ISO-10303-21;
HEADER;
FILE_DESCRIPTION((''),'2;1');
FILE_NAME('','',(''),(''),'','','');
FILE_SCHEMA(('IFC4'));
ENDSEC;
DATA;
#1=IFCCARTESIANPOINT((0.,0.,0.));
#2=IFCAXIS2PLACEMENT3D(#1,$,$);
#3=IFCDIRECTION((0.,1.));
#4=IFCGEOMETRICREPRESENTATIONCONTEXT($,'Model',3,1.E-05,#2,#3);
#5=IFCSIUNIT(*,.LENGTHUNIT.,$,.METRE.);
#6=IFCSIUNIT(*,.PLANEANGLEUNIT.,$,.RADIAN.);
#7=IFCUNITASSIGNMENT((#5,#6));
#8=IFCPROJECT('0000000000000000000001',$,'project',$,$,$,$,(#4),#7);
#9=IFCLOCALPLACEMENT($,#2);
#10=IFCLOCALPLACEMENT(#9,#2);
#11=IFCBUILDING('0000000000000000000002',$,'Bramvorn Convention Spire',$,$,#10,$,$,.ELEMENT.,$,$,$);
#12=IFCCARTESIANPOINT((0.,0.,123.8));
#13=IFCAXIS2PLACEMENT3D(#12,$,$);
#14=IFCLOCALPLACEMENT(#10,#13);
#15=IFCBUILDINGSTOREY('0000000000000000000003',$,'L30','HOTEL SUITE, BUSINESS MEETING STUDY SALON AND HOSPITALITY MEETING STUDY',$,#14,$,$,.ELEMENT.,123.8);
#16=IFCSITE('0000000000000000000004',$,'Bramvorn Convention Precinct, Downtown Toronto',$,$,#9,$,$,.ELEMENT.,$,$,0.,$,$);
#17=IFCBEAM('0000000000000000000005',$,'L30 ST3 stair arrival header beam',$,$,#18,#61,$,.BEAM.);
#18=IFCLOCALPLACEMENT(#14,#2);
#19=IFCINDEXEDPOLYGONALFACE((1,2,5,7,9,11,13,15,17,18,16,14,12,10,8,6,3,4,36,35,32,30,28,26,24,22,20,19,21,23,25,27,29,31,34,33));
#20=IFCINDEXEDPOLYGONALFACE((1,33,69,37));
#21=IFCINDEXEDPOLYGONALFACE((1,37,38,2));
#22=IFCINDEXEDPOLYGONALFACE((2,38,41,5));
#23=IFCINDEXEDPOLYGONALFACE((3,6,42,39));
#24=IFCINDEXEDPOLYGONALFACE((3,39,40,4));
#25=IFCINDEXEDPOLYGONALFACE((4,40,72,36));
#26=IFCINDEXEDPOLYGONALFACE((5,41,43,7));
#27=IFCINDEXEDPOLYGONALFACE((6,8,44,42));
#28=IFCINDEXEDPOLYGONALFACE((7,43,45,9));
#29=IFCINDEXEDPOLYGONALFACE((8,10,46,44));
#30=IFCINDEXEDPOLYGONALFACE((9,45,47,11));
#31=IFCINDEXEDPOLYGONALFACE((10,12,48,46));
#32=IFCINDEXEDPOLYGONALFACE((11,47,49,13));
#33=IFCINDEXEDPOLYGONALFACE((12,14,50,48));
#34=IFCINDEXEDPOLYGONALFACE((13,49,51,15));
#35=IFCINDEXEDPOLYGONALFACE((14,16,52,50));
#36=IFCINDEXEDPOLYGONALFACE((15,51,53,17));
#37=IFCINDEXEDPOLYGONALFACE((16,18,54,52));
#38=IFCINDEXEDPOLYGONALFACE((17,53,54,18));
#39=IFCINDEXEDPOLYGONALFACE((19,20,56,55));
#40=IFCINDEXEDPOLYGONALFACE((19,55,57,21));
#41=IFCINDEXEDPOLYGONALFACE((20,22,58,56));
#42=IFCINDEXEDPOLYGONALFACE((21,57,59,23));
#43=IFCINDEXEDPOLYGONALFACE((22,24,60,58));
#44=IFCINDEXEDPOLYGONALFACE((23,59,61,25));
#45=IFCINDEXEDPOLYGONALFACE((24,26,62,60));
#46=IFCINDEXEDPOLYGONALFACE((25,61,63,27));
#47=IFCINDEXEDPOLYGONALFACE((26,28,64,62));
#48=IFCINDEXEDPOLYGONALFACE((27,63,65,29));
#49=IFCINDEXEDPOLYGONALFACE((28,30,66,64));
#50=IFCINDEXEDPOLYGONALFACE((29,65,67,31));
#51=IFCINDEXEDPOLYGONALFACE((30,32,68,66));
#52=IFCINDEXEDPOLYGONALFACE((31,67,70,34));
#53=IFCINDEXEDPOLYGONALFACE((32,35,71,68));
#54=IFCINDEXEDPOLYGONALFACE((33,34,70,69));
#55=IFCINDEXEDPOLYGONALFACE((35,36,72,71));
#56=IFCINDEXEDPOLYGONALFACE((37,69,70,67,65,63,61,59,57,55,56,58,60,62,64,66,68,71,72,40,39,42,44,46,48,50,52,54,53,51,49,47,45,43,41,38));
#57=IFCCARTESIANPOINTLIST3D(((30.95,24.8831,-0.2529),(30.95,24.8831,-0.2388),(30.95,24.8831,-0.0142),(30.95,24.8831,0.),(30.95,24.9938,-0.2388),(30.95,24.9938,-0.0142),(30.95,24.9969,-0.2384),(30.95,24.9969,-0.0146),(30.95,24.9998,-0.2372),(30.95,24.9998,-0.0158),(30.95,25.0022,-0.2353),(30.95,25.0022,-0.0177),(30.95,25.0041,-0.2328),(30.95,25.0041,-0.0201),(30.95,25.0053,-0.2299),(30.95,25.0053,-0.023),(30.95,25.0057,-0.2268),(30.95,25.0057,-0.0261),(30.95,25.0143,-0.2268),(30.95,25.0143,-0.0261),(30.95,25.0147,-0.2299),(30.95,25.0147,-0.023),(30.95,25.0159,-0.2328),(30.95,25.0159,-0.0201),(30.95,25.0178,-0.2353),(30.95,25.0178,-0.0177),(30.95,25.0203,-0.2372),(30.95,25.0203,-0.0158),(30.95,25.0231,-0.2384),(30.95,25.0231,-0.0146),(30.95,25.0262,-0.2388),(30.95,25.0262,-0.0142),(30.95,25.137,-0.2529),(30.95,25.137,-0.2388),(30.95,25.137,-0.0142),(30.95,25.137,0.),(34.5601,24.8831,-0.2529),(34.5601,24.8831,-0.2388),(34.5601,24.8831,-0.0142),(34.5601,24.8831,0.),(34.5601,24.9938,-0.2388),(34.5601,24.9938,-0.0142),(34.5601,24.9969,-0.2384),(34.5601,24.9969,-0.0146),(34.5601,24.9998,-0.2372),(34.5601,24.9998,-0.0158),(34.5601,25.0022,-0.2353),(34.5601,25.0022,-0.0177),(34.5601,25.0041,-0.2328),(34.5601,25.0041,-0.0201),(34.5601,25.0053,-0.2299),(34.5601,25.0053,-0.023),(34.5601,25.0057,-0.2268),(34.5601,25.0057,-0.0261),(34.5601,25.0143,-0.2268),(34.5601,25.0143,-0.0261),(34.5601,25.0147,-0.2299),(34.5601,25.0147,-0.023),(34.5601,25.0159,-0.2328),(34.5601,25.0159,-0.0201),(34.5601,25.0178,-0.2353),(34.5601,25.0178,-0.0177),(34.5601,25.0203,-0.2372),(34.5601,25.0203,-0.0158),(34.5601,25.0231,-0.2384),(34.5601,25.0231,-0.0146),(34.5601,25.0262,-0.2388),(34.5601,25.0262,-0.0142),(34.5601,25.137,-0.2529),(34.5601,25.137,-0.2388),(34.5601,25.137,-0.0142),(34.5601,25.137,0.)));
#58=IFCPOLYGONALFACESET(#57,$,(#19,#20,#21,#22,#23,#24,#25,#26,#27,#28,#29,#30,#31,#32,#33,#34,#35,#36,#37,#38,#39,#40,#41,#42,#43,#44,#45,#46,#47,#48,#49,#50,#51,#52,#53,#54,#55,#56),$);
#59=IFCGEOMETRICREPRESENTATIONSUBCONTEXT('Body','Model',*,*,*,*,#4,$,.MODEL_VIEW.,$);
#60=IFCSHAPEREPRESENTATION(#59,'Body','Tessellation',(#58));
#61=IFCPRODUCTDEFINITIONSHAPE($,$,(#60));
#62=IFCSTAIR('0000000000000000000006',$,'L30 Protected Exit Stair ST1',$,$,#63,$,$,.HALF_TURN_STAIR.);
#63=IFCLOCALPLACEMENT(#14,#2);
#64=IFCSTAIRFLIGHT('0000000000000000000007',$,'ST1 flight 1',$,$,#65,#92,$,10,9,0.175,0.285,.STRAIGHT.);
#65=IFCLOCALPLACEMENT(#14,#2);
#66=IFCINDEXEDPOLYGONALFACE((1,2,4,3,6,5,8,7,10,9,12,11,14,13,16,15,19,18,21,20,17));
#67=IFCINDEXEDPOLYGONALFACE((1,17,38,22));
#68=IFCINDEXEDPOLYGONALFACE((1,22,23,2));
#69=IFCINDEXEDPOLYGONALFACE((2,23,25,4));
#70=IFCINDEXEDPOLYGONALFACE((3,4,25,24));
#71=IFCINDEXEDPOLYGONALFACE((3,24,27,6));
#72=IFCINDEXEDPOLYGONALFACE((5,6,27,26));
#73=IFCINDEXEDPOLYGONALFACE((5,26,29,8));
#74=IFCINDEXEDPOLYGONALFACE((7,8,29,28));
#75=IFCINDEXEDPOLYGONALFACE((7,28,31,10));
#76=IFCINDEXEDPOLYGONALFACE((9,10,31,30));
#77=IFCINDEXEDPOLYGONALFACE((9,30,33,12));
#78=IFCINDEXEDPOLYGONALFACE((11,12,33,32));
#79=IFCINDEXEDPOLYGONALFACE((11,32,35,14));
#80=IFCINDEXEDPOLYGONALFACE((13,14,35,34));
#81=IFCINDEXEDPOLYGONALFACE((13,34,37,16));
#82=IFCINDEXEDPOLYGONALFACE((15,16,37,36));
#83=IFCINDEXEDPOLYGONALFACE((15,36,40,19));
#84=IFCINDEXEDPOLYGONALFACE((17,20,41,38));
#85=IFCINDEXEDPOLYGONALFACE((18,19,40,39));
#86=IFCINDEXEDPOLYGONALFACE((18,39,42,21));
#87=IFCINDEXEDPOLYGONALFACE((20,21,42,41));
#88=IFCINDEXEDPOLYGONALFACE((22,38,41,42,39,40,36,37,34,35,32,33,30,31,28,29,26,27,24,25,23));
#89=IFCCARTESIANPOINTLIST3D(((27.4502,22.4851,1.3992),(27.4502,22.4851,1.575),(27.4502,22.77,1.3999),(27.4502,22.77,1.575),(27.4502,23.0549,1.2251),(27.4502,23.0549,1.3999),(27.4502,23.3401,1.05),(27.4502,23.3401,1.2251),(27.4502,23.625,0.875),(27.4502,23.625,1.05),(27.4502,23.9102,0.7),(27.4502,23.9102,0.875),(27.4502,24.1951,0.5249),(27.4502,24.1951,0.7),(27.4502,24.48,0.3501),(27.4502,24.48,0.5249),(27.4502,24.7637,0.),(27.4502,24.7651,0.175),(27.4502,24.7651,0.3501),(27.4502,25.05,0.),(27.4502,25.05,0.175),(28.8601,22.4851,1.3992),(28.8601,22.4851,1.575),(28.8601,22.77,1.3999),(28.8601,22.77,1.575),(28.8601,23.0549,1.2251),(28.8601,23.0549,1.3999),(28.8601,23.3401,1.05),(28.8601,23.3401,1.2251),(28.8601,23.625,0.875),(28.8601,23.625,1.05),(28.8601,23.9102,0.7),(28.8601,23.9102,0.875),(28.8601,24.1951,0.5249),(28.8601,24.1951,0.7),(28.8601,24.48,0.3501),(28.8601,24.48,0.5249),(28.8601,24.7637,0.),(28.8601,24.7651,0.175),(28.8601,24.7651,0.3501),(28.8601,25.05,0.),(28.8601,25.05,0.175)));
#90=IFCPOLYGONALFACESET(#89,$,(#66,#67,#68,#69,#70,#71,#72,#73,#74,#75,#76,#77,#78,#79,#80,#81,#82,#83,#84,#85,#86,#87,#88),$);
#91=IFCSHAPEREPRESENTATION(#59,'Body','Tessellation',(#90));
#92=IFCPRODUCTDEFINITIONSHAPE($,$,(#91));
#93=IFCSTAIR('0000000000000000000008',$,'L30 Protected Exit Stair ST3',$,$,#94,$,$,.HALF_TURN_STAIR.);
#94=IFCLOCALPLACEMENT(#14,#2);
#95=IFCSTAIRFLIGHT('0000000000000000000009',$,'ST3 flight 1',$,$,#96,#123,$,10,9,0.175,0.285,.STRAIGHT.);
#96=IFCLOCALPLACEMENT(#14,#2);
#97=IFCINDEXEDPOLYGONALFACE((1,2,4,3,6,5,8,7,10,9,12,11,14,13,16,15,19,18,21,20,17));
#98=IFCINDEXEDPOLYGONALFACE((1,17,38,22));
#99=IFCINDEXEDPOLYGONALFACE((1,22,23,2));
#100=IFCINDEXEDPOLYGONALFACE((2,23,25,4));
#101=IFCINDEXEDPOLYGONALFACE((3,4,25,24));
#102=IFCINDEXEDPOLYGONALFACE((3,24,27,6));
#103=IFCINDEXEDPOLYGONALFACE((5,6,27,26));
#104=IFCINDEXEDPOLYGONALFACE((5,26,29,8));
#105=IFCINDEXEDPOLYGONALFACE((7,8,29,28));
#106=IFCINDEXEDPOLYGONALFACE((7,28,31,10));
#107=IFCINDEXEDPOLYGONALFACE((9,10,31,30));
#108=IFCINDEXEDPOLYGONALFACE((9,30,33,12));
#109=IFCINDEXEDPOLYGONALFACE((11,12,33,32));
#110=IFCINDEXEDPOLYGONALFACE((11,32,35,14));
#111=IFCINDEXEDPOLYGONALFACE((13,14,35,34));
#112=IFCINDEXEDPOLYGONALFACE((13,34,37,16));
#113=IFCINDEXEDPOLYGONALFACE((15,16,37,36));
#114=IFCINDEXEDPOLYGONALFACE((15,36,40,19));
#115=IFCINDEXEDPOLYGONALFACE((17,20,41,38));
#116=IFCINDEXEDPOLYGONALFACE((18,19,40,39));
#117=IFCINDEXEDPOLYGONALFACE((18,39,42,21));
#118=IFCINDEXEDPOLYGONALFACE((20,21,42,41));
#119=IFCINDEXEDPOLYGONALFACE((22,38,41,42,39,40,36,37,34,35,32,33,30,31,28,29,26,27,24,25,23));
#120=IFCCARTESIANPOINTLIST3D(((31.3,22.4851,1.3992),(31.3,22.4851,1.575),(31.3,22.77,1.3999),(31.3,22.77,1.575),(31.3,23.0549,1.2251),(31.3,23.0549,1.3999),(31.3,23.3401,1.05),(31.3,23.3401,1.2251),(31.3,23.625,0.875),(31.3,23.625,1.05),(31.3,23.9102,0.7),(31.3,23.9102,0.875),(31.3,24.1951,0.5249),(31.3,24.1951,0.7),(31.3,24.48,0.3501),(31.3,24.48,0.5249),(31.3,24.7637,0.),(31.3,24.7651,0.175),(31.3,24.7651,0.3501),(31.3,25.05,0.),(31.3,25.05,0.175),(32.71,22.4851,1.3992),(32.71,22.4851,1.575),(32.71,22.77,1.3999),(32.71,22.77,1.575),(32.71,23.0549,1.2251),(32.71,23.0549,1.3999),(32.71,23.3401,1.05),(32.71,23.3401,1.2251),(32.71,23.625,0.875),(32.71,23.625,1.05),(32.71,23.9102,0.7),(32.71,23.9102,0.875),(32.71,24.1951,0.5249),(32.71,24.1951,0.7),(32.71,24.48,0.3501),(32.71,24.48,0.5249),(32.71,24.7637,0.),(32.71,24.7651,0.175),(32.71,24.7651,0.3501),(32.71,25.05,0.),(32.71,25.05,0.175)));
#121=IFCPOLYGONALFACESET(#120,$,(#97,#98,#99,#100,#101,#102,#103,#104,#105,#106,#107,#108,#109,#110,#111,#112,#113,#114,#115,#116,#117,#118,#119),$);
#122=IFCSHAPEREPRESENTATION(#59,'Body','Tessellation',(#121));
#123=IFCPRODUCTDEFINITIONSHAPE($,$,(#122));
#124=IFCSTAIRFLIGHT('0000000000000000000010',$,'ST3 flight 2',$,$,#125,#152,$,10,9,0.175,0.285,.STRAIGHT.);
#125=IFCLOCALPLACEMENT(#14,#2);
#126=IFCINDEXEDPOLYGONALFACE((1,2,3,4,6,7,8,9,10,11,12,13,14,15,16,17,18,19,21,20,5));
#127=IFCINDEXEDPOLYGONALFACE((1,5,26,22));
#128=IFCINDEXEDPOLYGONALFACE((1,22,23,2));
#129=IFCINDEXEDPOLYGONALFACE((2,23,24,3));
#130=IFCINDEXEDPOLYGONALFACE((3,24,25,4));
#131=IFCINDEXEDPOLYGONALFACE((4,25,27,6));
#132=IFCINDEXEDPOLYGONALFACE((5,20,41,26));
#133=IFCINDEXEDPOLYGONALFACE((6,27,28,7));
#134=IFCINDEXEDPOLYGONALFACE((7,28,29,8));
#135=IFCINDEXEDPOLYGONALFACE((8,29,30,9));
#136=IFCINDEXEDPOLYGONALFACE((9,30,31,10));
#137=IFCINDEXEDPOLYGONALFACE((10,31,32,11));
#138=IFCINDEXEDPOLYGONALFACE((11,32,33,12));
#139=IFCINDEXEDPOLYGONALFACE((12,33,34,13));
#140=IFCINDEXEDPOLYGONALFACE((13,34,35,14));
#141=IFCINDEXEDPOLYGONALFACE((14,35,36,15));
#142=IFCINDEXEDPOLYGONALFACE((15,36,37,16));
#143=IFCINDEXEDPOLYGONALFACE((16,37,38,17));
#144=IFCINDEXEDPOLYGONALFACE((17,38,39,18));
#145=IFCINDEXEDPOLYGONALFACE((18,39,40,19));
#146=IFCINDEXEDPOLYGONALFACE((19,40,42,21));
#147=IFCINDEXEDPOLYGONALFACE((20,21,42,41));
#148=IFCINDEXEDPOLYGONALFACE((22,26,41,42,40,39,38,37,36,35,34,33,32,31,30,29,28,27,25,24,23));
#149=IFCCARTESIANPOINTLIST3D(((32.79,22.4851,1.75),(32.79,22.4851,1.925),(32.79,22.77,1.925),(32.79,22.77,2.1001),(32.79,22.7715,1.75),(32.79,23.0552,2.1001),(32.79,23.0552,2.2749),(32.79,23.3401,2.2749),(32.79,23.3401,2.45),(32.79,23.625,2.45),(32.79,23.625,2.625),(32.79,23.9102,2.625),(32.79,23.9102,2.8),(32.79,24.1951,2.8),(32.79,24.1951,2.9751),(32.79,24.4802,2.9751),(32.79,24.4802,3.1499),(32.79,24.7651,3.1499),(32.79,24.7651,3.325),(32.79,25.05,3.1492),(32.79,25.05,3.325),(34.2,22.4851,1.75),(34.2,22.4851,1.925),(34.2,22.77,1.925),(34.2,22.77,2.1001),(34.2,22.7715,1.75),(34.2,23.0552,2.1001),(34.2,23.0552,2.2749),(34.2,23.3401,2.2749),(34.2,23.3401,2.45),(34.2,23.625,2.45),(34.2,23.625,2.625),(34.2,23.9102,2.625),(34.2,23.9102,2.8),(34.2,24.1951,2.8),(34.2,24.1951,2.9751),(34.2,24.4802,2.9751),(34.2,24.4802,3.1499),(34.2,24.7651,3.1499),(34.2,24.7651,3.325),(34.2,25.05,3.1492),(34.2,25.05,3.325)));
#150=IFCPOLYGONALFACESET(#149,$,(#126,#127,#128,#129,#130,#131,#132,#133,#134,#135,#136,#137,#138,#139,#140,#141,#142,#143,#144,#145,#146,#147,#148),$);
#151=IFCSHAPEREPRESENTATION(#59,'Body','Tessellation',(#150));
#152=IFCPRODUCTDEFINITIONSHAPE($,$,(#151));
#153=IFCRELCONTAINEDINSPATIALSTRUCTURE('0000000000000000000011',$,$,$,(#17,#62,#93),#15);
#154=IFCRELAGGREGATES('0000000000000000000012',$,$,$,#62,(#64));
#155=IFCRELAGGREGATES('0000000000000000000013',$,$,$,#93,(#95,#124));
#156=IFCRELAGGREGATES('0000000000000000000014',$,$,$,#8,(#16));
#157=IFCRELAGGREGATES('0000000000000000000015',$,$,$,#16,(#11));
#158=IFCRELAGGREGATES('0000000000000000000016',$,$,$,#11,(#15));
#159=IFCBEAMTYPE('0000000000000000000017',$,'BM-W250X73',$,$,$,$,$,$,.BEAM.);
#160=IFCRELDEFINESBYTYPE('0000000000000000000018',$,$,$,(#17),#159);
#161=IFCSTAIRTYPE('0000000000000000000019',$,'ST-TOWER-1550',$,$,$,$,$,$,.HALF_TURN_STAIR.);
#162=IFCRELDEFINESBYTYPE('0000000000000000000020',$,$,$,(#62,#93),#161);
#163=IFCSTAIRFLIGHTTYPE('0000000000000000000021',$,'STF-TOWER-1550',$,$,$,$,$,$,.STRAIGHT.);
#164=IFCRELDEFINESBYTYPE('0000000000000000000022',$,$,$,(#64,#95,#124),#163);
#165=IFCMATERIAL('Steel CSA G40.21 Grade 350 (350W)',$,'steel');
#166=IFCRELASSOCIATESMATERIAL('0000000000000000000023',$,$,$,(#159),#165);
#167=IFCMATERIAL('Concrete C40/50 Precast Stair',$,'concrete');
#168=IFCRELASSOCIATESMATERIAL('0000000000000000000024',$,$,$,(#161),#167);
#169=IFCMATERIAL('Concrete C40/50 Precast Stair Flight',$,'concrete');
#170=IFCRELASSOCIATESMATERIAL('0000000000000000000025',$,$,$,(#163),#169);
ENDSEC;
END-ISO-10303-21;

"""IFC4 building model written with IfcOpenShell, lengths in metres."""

from ifc_helpers import new_model, si_unit, direction, frame, origin, origin_2d, place, context, subcontext, project, spatial, polyline, i_section, outline, extrude, material, material_profile, profile_set, type_object, element, aggregate, save


model = new_model("IFC4")

# Units and contexts
model_context = context("Model", 3, precision=1e-05, world=origin(), true_north=direction((0.0, 1.0)))
body_context = subcontext(model_context, "Body", "Model", "MODEL_VIEW")
ifc_project = project(units=[si_unit("LENGTHUNIT", "METRE"), si_unit("PLANEANGLEUNIT", "RADIAN")], contexts=[model_context])

# Site, building, storey
site_placement = place(None, origin())
site = spatial("IfcSite", under=ifc_project, at=site_placement, Name="Bramvorn Convention Precinct, Downtown Toronto", CompositionType="ELEMENT", RefElevation=0.0)
building_placement = place(site_placement, origin())
building = spatial("IfcBuilding", under=site, at=building_placement, Name="Bramvorn Convention Spire", CompositionType="ELEMENT")
storey_placement = place(building_placement, frame((0.0, 0.0, 123.8)))
storey = spatial("IfcBuildingStorey", under=building, at=storey_placement, Name="L30", Description="HOTEL SUITE, BUSINESS MEETING STUDY SALON AND HOSPITALITY MEETING STUDY", CompositionType="ELEMENT", Elevation=123.8)

# Beam
ifc_material_1 = material(Name="Steel CSA G40.21 Grade 350 (350W)", Category="steel")
ifc_material_profile = material_profile(ifc_material_1, i_section(OverallWidth=0.2539, OverallDepth=0.2529, WebThickness=0.0085, FlangeThickness=0.0142, FilletRadius=0.012, at=origin_2d()))
ifc_profile_set = profile_set([ifc_material_profile], Name="Steel CSA G40.21 Grade 350 (350W) - W250X73")
beam_type = type_object("IfcBeamType", Name="BM-W250X73", PredefinedType="BEAM", material=ifc_profile_set)
beam_placement = place(storey_placement, frame((30.95, 25.01, -0.1265), z_axis=(1.0, 0.0, 0.0), x_axis=(0.0, 1.0, 0.0)))
element("IfcBeam", 1, at=beam_placement, inside=storey, type_object=beam_type, Name="L30 ST3 stair arrival header beam", PredefinedType="BEAM", context=body_context, shape_type="SweptSolid", body=[
    extrude(i_section(OverallWidth=0.2539, OverallDepth=0.2529, WebThickness=0.0085, FlangeThickness=0.0142, FilletRadius=0.012, at=origin_2d()), origin(), (0.0, 0.0, 1.0), 3.6101),
])

# Stair, stair flight
ifc_material_2 = material(Name="Concrete C40/50 Precast Stair", Category="concrete")
stair_type = type_object("IfcStairType", Name="ST-TOWER-1550", PredefinedType="HALF_TURN_STAIR", material=ifc_material_2)
stair_1_placement = place(storey_placement, origin())
stair_1 = element("IfcStair", 2, at=stair_1_placement, inside=storey, type_object=stair_type, Name="L30 Protected Exit Stair ST1", PredefinedType="HALF_TURN_STAIR")
ifc_material_3 = material(Name="Concrete C40/50 Precast Stair Flight", Category="concrete")
stair_flight_type = type_object("IfcStairFlightType", Name="STF-TOWER-1550", PredefinedType="STRAIGHT", material=ifc_material_3)
stair_flight_1_placement = place(storey_placement, frame((28.155, 25.05, 0.0), z_axis=(0.0, 0.0, 1.0), x_axis=(0.0, -1.0, 0.0)))
stair_flight_1 = element("IfcStairFlight", 3, at=stair_flight_1_placement, type_object=stair_flight_type, Name="ST1 flight 1", NumberOfRisers=10, NumberOfTreads=9, PredefinedType="STRAIGHT", RiserHeight=0.175, TreadLength=0.285, context=body_context, shape_type="SweptSolid", body=[
    extrude(outline(polyline([(0.0, 0.0), (0.0, 0.175), (0.2849, 0.175), (0.2849, 0.3501), (0.5701, 0.3501), (0.5701, 0.5249), (0.855, 0.5249), (0.855, 0.7), (1.1399, 0.7), (1.1399, 0.875), (1.425, 0.875), (1.425, 1.05), (1.71, 1.05), (1.71, 1.2251), (1.9951, 1.2251), (1.9951, 1.3999), (2.28, 1.3999), (2.28, 1.575), (2.5649, 1.575), (2.5649, 1.75), (2.5649, 1.3992), (0.2864, 0.0), (0.0, 0.0)])), frame((0.0, 0.7051, 0.0), z_axis=(0.0, -1.0, 0.0), x_axis=(1.0, 0.0, 0.0)), (0.0, 0.0, 1.0), 1.4099),
])
aggregate(stair_1, [stair_flight_1])

# Stair, stair flights
stair_2_placement = place(storey_placement, origin())
stair_2 = element("IfcStair", 4, at=stair_2_placement, inside=storey, type_object=stair_type, Name="L30 Protected Exit Stair ST3", PredefinedType="HALF_TURN_STAIR")
stair_flight_2_placement = place(storey_placement, frame((32.0049, 25.05, 0.0), z_axis=(0.0, 0.0, 1.0), x_axis=(0.0, -1.0, 0.0)))
stair_flight_2 = element("IfcStairFlight", 5, at=stair_flight_2_placement, type_object=stair_flight_type, Name="ST3 flight 1", NumberOfRisers=10, NumberOfTreads=9, PredefinedType="STRAIGHT", RiserHeight=0.175, TreadLength=0.285, context=body_context, shape_type="SweptSolid", body=[
    extrude(outline(polyline([(0.0, 0.0), (0.0, 0.175), (0.2849, 0.175), (0.2849, 0.3501), (0.5701, 0.3501), (0.5701, 0.5249), (0.855, 0.5249), (0.855, 0.7), (1.1399, 0.7), (1.1399, 0.875), (1.425, 0.875), (1.425, 1.05), (1.71, 1.05), (1.71, 1.2251), (1.9951, 1.2251), (1.9951, 1.3999), (2.28, 1.3999), (2.28, 1.575), (2.5649, 1.575), (2.5649, 1.75), (2.5649, 1.3992), (0.2864, 0.0), (0.0, 0.0)])), frame((0.0, 0.7051, 0.0), z_axis=(0.0, -1.0, 0.0), x_axis=(1.0, 0.0, 0.0)), (0.0, 0.0, 1.0), 1.4099),
])
stair_flight_3_placement = place(storey_placement, frame((33.4951, 22.4851, 1.75), z_axis=(0.0, 0.0, 1.0), x_axis=(0.0, 1.0, 0.0)))
stair_flight_3 = element("IfcStairFlight", 6, at=stair_flight_3_placement, type_object=stair_flight_type, Name="ST3 flight 2", NumberOfRisers=10, NumberOfTreads=9, PredefinedType="STRAIGHT", RiserHeight=0.175, TreadLength=0.285, context=body_context, shape_type="SweptSolid", body=[
    extrude(outline(polyline([(0.0, 0.0), (0.0, 0.175), (0.2849, 0.175), (0.2849, 0.3501), (0.5701, 0.3501), (0.5701, 0.5249), (0.855, 0.5249), (0.855, 0.7), (1.1399, 0.7), (1.1399, 0.875), (1.425, 0.875), (1.425, 1.05), (1.71, 1.05), (1.71, 1.2251), (1.9951, 1.2251), (1.9951, 1.3999), (2.28, 1.3999), (2.28, 1.575), (2.5649, 1.575), (2.5649, 1.75), (2.5649, 1.3992), (0.2864, 0.0), (0.0, 0.0)])), frame((0.0, 0.7051, 0.0), z_axis=(0.0, -1.0, 0.0), x_axis=(1.0, 0.0, 0.0)), (0.0, 0.0, 1.0), 1.4099),
])
aggregate(stair_2, [stair_flight_2, stair_flight_3])

save(model, "model.ifc")
